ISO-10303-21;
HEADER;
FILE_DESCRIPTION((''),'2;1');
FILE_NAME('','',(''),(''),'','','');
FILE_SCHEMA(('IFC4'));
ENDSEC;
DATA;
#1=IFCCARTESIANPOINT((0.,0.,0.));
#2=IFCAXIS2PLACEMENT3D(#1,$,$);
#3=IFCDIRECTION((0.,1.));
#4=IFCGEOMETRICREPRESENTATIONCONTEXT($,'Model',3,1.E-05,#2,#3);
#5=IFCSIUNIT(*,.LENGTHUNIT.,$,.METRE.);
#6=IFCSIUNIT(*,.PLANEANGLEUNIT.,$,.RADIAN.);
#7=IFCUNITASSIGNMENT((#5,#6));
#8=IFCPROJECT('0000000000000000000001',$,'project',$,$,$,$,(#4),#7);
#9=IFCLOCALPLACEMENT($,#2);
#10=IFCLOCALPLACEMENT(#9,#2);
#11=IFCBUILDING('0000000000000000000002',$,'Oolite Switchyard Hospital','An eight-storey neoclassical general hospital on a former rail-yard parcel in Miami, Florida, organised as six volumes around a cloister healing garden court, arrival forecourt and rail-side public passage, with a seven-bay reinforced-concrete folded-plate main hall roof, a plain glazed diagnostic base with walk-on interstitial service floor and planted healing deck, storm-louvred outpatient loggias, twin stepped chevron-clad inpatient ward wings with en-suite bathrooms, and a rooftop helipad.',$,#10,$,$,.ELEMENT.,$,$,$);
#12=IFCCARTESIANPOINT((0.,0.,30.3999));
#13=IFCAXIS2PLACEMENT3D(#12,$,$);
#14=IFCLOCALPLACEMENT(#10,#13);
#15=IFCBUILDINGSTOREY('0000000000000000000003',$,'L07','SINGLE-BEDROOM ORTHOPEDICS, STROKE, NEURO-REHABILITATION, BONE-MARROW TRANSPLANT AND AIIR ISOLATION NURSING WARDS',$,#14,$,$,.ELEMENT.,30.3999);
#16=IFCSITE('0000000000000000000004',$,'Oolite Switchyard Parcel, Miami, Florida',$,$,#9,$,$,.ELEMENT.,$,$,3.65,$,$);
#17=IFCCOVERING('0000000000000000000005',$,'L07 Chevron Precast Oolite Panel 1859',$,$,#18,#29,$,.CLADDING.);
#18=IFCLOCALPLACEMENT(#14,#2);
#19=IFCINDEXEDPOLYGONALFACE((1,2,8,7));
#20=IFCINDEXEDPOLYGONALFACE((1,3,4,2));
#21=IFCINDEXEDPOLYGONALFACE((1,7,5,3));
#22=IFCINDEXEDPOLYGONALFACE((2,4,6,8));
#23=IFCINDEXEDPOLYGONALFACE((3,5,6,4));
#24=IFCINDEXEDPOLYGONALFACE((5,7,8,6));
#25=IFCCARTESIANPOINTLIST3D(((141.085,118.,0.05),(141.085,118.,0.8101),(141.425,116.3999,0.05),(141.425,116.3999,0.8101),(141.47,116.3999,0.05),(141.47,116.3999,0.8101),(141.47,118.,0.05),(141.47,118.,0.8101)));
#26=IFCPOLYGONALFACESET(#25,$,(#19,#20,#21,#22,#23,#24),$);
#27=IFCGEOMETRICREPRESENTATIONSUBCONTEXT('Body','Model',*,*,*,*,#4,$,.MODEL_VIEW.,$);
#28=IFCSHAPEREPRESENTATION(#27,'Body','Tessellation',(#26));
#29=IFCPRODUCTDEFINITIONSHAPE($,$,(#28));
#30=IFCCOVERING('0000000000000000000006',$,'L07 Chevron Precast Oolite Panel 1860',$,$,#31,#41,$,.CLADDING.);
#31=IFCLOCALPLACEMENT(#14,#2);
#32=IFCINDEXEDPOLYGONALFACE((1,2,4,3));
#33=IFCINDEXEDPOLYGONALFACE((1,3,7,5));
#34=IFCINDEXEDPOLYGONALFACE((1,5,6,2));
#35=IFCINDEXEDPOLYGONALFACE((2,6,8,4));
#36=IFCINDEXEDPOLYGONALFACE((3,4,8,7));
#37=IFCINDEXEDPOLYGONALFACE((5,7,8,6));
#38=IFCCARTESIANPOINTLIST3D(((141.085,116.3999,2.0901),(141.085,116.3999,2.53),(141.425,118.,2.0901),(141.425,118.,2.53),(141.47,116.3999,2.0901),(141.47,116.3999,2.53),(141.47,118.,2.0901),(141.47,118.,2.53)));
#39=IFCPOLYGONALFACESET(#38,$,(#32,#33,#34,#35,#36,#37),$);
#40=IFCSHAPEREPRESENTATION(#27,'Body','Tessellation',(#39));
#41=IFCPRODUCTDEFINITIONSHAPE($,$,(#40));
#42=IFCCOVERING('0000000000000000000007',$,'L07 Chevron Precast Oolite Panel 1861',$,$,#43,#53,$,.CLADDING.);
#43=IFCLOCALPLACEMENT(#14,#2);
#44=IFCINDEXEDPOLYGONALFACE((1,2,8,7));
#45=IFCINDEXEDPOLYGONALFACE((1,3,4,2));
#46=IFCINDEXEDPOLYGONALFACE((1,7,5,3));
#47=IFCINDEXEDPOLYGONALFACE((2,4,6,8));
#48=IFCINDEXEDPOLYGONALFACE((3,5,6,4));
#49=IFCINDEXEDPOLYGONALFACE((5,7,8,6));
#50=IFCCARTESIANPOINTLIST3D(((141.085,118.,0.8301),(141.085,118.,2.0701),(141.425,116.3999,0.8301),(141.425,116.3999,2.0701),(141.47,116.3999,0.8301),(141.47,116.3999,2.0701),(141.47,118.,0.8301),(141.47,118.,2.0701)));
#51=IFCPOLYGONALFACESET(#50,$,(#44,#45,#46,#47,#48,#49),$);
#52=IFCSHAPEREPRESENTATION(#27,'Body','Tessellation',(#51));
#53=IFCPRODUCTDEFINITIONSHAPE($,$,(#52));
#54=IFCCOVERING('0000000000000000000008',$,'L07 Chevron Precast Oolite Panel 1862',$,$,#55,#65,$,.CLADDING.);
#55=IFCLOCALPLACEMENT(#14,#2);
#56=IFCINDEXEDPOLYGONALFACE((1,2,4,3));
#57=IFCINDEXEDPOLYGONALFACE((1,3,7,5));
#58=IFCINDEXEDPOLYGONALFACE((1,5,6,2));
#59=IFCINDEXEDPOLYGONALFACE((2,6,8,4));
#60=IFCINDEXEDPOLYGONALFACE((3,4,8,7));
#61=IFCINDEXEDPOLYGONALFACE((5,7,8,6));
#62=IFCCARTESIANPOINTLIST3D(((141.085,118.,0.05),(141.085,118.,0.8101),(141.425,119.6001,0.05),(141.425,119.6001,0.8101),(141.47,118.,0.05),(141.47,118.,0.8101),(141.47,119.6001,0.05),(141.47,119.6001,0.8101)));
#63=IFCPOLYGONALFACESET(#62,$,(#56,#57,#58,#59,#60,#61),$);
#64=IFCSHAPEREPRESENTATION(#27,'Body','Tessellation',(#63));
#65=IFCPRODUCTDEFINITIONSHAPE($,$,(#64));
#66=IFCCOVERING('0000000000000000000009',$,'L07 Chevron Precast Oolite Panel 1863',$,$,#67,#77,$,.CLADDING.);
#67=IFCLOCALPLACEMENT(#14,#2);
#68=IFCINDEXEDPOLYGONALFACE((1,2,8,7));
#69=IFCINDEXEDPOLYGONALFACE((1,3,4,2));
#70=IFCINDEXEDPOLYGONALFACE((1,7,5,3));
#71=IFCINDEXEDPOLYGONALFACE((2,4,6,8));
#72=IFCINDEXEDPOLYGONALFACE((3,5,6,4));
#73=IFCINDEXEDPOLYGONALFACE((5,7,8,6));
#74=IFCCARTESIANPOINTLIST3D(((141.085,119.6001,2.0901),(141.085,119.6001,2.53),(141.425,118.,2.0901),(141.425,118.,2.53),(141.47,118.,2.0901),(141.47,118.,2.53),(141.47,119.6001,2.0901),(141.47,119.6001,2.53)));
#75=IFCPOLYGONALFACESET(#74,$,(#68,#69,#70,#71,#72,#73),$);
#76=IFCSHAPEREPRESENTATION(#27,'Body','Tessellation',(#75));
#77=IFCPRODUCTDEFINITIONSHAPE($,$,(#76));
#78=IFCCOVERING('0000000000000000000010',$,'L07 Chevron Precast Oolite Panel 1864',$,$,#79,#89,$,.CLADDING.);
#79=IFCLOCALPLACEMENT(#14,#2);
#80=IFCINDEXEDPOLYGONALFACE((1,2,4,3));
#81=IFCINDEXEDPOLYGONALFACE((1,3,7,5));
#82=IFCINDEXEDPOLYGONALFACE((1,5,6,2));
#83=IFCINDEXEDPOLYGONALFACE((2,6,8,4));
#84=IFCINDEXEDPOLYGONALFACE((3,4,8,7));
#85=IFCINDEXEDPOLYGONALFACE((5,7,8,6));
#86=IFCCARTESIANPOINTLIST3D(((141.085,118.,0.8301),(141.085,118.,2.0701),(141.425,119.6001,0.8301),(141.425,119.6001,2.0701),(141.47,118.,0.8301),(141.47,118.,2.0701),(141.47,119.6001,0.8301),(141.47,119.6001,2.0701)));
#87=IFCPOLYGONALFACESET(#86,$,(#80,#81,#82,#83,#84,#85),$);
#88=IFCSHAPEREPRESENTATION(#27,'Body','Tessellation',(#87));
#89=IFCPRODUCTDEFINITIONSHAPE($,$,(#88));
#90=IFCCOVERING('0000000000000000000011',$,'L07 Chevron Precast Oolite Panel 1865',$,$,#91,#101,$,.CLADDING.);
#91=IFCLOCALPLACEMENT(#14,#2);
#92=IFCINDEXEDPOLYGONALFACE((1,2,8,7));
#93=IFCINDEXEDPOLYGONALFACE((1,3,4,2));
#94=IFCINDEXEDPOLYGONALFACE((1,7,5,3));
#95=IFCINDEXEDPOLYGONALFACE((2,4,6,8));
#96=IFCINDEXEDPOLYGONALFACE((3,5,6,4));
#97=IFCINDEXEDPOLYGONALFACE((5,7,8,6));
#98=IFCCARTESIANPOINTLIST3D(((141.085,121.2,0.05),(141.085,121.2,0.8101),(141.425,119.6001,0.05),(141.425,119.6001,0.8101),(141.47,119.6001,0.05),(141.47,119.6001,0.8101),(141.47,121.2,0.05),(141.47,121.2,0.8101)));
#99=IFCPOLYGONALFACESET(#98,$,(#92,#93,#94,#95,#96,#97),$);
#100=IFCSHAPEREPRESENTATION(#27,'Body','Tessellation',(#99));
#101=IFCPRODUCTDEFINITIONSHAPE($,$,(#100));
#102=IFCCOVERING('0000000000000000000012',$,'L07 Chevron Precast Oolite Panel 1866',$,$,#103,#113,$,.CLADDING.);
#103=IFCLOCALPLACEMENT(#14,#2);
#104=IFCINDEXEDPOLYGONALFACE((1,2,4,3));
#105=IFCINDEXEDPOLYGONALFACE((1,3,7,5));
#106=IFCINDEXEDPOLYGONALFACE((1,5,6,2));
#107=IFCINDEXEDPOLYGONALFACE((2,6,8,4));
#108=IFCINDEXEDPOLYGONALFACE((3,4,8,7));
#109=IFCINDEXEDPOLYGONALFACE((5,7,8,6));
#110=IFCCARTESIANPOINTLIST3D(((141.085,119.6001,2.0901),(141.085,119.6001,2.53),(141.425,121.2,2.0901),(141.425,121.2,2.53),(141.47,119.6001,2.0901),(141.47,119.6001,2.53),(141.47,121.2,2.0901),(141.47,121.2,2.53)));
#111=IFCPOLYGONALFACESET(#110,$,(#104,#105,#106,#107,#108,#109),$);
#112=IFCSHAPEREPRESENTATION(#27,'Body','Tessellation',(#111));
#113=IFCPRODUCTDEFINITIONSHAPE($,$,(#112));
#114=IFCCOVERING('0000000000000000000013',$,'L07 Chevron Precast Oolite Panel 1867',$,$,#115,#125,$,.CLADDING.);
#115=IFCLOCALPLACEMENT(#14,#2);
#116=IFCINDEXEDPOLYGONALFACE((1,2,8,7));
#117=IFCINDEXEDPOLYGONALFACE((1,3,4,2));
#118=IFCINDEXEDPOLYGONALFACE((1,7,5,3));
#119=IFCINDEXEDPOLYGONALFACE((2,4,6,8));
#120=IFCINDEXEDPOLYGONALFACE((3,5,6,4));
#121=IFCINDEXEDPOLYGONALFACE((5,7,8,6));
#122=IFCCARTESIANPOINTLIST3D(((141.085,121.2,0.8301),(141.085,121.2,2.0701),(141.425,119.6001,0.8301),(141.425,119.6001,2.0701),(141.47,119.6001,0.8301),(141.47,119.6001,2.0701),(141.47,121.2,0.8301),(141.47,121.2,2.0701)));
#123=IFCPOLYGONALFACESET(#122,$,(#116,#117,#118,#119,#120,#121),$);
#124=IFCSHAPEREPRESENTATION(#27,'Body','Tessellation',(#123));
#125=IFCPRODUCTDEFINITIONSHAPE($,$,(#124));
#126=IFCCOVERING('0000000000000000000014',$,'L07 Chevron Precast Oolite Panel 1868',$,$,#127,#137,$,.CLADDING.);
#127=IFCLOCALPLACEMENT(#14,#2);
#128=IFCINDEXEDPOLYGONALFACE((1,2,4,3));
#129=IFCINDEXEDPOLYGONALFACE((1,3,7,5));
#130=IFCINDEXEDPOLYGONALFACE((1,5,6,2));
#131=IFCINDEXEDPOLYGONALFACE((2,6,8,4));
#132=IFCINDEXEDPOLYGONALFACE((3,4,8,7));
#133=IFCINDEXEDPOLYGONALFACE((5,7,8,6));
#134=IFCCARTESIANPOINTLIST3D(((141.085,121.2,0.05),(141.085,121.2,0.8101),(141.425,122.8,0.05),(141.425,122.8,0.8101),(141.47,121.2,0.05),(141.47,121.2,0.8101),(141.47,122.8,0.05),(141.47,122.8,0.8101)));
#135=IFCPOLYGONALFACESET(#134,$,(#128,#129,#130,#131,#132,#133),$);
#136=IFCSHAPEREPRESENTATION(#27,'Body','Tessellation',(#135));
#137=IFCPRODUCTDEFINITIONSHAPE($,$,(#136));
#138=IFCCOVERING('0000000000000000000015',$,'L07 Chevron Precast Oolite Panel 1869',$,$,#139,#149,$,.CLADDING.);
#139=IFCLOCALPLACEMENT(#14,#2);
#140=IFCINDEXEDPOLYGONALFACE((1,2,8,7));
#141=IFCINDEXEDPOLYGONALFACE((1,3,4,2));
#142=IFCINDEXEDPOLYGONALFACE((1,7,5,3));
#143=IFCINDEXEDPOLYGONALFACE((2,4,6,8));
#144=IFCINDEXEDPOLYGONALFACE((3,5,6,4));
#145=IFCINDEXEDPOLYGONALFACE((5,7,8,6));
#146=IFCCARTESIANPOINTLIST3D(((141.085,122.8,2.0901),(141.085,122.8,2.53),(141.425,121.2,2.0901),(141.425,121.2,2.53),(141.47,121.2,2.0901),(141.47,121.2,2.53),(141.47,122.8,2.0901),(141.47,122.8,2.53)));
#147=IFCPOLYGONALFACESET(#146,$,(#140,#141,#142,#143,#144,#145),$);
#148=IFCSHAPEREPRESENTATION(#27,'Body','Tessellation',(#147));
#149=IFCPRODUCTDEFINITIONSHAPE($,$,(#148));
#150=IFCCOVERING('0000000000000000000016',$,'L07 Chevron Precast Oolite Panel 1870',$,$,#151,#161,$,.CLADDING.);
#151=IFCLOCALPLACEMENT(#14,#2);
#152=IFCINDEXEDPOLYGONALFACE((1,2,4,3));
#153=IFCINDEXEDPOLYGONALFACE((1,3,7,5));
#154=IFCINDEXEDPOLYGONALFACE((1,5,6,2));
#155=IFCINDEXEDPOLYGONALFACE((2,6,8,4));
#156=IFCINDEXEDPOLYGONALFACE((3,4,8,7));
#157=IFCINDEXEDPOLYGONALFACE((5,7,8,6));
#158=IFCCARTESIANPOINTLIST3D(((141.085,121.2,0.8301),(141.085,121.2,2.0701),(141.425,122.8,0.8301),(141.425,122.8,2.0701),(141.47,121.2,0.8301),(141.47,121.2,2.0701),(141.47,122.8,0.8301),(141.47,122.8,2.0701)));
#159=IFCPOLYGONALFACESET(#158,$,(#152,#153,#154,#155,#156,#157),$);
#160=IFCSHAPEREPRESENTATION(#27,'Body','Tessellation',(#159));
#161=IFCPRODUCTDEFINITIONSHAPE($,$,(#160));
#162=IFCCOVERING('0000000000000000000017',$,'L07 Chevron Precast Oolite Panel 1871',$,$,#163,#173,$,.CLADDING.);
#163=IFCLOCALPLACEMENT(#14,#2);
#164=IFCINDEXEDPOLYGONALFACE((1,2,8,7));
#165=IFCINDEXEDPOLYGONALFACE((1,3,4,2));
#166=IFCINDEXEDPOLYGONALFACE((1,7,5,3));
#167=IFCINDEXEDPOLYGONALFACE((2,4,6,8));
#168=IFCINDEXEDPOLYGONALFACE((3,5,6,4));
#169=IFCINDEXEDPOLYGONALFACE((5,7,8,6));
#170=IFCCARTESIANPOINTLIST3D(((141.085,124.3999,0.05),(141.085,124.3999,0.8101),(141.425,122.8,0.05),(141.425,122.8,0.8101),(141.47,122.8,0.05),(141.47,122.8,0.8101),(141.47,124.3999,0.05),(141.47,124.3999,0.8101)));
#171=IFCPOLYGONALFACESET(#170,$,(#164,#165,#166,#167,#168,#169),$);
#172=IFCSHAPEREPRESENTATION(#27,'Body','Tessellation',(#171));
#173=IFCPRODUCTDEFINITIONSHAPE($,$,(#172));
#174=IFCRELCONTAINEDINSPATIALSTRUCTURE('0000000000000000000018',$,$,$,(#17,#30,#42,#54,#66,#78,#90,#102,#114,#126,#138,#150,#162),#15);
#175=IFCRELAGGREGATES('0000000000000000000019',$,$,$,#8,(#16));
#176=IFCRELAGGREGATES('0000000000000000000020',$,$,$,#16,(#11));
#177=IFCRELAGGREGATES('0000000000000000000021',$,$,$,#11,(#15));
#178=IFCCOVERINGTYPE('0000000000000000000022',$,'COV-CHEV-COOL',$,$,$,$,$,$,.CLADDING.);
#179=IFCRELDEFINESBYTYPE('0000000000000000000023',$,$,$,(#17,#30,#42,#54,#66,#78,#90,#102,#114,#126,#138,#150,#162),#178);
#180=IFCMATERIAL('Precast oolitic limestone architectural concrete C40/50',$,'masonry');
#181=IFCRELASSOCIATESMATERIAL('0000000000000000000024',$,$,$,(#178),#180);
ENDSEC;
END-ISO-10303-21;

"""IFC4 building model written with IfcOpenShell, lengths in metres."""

from ifc_helpers import new_model, si_unit, direction, frame, origin, place, context, subcontext, project, spatial, polyline, outline, extrude, material, type_object, element, save


model = new_model("IFC4")

# Units and contexts
model_context = context("Model", 3, precision=1e-05, world=origin(), true_north=direction((0.0, 1.0)))
body_context = subcontext(model_context, "Body", "Model", "MODEL_VIEW")
ifc_project = project(units=[si_unit("LENGTHUNIT", "METRE"), si_unit("PLANEANGLEUNIT", "RADIAN")], contexts=[model_context])

# Site, building, storey
site_placement = place(None, origin())
site = spatial("IfcSite", under=ifc_project, at=site_placement, Name="Oolite Switchyard Parcel, Miami, Florida", CompositionType="ELEMENT", RefElevation=3.65)
building_placement = place(site_placement, origin())
building = spatial("IfcBuilding", under=site, at=building_placement, Name="Oolite Switchyard Hospital", Description="An eight-storey neoclassical general hospital on a former rail-yard parcel in Miami, Florida, organised as six volumes around a cloister healing garden court, arrival forecourt and rail-side public passage, with a seven-bay reinforced-concrete folded-plate main hall roof, a plain glazed diagnostic base with walk-on interstitial service floor and planted healing deck, storm-louvred outpatient loggias, twin stepped chevron-clad inpatient ward wings with en-suite bathrooms, and a rooftop helipad.", CompositionType="ELEMENT")
storey_placement = place(building_placement, frame((0.0, 0.0, 30.3999)))
storey = spatial("IfcBuildingStorey", under=building, at=storey_placement, Name="L07", Description="SINGLE-BEDROOM ORTHOPEDICS, STROKE, NEURO-REHABILITATION, BONE-MARROW TRANSPLANT AND AIIR ISOLATION NURSING WARDS", CompositionType="ELEMENT", Elevation=30.3999)

# Shared definitions
ifc_material_1 = material(Name="Precast oolitic limestone architectural concrete C40/50", Category="masonry")

# Coverings
covering_type = type_object("IfcCoveringType", Name="COV-CHEV-COOL", PredefinedType="CLADDING", material=ifc_material_1)
covering_1_placement = place(storey_placement, frame((141.47, 116.3999, 0.05), z_axis=(0.0, 0.0, 1.0), x_axis=(0.0, 1.0, 0.0)))
element("IfcCovering", 1, at=covering_1_placement, inside=storey, type_object=covering_type, Name="L07 Chevron Precast Oolite Panel 1859", PredefinedType="CLADDING", context=body_context, shape_type="SweptSolid", body=[
    extrude(outline(polyline([(0.0, 0.0), (1.6001, 0.0), (1.6001, 0.385), (0.0, 0.0449), (0.0, 0.0)])), origin(), (0.0, 0.0, 1.0), 0.76),
])
covering_2_placement = place(storey_placement, frame((141.47, 116.3999, 2.0901), z_axis=(0.0, 0.0, 1.0), x_axis=(0.0, 1.0, 0.0)))
element("IfcCovering", 2, at=covering_2_placement, inside=storey, type_object=covering_type, Name="L07 Chevron Precast Oolite Panel 1860", PredefinedType="CLADDING", context=body_context, shape_type="SweptSolid", body=[
    extrude(outline(polyline([(0.0, 0.0), (1.6001, 0.0), (1.6001, 0.0449), (0.0, 0.385), (0.0, 0.0)])), origin(), (0.0, 0.0, 1.0), 0.4399),
])
covering_3_placement = place(storey_placement, frame((141.47, 116.3999, 0.8301), z_axis=(0.0, 0.0, 1.0), x_axis=(0.0, 1.0, 0.0)))
element("IfcCovering", 3, at=covering_3_placement, inside=storey, type_object=covering_type, Name="L07 Chevron Precast Oolite Panel 1861", PredefinedType="CLADDING", context=body_context, shape_type="SweptSolid", body=[
    extrude(outline(polyline([(0.0, 0.0), (1.6001, 0.0), (1.6001, 0.385), (0.0, 0.0449), (0.0, 0.0)])), origin(), (0.0, 0.0, 1.0), 1.24),
])
covering_4_placement = place(storey_placement, frame((141.47, 118.0, 0.05), z_axis=(0.0, 0.0, 1.0), x_axis=(0.0, 1.0, 0.0)))
element("IfcCovering", 4, at=covering_4_placement, inside=storey, type_object=covering_type, Name="L07 Chevron Precast Oolite Panel 1862", PredefinedType="CLADDING", context=body_context, shape_type="SweptSolid", body=[
    extrude(outline(polyline([(0.0, 0.0), (1.6001, 0.0), (1.6001, 0.0449), (0.0, 0.385), (0.0, 0.0)])), origin(), (0.0, 0.0, 1.0), 0.76),
])
covering_5_placement = place(storey_placement, frame((141.47, 118.0, 2.0901), z_axis=(0.0, 0.0, 1.0), x_axis=(0.0, 1.0, 0.0)))
element("IfcCovering", 5, at=covering_5_placement, inside=storey, type_object=covering_type, Name="L07 Chevron Precast Oolite Panel 1863", PredefinedType="CLADDING", context=body_context, shape_type="SweptSolid", body=[
    extrude(outline(polyline([(0.0, 0.0), (1.6001, 0.0), (1.6001, 0.385), (0.0, 0.0449), (0.0, 0.0)])), origin(), (0.0, 0.0, 1.0), 0.4399),
])
covering_6_placement = place(storey_placement, frame((141.47, 118.0, 0.8301), z_axis=(0.0, 0.0, 1.0), x_axis=(0.0, 1.0, 0.0)))
element("IfcCovering", 6, at=covering_6_placement, inside=storey, type_object=covering_type, Name="L07 Chevron Precast Oolite Panel 1864", PredefinedType="CLADDING", context=body_context, shape_type="SweptSolid", body=[
    extrude(outline(polyline([(0.0, 0.0), (1.6001, 0.0), (1.6001, 0.0449), (0.0, 0.385), (0.0, 0.0)])), origin(), (0.0, 0.0, 1.0), 1.24),
])
covering_7_placement = place(storey_placement, frame((141.47, 119.6001, 0.05), z_axis=(0.0, 0.0, 1.0), x_axis=(0.0, 1.0, 0.0)))
element("IfcCovering", 7, at=covering_7_placement, inside=storey, type_object=covering_type, Name="L07 Chevron Precast Oolite Panel 1865", PredefinedType="CLADDING", context=body_context, shape_type="SweptSolid", body=[
    extrude(outline(polyline([(0.0, 0.0), (1.5999, 0.0), (1.5999, 0.385), (0.0, 0.0449), (0.0, 0.0)])), origin(), (0.0, 0.0, 1.0), 0.76),
])
covering_8_placement = place(storey_placement, frame((141.47, 119.6001, 2.0901), z_axis=(0.0, 0.0, 1.0), x_axis=(0.0, 1.0, 0.0)))
element("IfcCovering", 8, at=covering_8_placement, inside=storey, type_object=covering_type, Name="L07 Chevron Precast Oolite Panel 1866", PredefinedType="CLADDING", context=body_context, shape_type="SweptSolid", body=[
    extrude(outline(polyline([(0.0, 0.0), (1.5999, 0.0), (1.5999, 0.0449), (0.0, 0.385), (0.0, 0.0)])), origin(), (0.0, 0.0, 1.0), 0.4399),
])
covering_9_placement = place(storey_placement, frame((141.47, 119.6001, 0.8301), z_axis=(0.0, 0.0, 1.0), x_axis=(0.0, 1.0, 0.0)))
element("IfcCovering", 9, at=covering_9_placement, inside=storey, type_object=covering_type, Name="L07 Chevron Precast Oolite Panel 1867", PredefinedType="CLADDING", context=body_context, shape_type="SweptSolid", body=[
    extrude(outline(polyline([(0.0, 0.0), (1.5999, 0.0), (1.5999, 0.385), (0.0, 0.0449), (0.0, 0.0)])), origin(), (0.0, 0.0, 1.0), 1.24),
])
covering_10_placement = place(storey_placement, frame((141.47, 121.2, 0.05), z_axis=(0.0, 0.0, 1.0), x_axis=(0.0, 1.0, 0.0)))
element("IfcCovering", 10, at=covering_10_placement, inside=storey, type_object=covering_type, Name="L07 Chevron Precast Oolite Panel 1868", PredefinedType="CLADDING", context=body_context, shape_type="SweptSolid", body=[
    extrude(outline(polyline([(0.0, 0.0), (1.6001, 0.0), (1.6001, 0.0449), (0.0, 0.385), (0.0, 0.0)])), origin(), (0.0, 0.0, 1.0), 0.76),
])
covering_11_placement = place(storey_placement, frame((141.47, 121.2, 2.0901), z_axis=(0.0, 0.0, 1.0), x_axis=(0.0, 1.0, 0.0)))
element("IfcCovering", 11, at=covering_11_placement, inside=storey, type_object=covering_type, Name="L07 Chevron Precast Oolite Panel 1869", PredefinedType="CLADDING", context=body_context, shape_type="SweptSolid", body=[
    extrude(outline(polyline([(0.0, 0.0), (1.6001, 0.0), (1.6001, 0.385), (0.0, 0.0449), (0.0, 0.0)])), origin(), (0.0, 0.0, 1.0), 0.4399),
])
covering_12_placement = place(storey_placement, frame((141.47, 121.2, 0.8301), z_axis=(0.0, 0.0, 1.0), x_axis=(0.0, 1.0, 0.0)))
element("IfcCovering", 12, at=covering_12_placement, inside=storey, type_object=covering_type, Name="L07 Chevron Precast Oolite Panel 1870", PredefinedType="CLADDING", context=body_context, shape_type="SweptSolid", body=[
    extrude(outline(polyline([(0.0, 0.0), (1.6001, 0.0), (1.6001, 0.0449), (0.0, 0.385), (0.0, 0.0)])), origin(), (0.0, 0.0, 1.0), 1.24),
])
covering_13_placement = place(storey_placement, frame((141.47, 122.8, 0.05), z_axis=(0.0, 0.0, 1.0), x_axis=(0.0, 1.0, 0.0)))
element("IfcCovering", 13, at=covering_13_placement, inside=storey, type_object=covering_type, Name="L07 Chevron Precast Oolite Panel 1871", PredefinedType="CLADDING", context=body_context, shape_type="SweptSolid", body=[
    extrude(outline(polyline([(0.0, 0.0), (1.5999, 0.0), (1.5999, 0.385), (0.0, 0.0449), (0.0, 0.0)])), origin(), (0.0, 0.0, 1.0), 0.76),
])

save(model, "model.ifc")
